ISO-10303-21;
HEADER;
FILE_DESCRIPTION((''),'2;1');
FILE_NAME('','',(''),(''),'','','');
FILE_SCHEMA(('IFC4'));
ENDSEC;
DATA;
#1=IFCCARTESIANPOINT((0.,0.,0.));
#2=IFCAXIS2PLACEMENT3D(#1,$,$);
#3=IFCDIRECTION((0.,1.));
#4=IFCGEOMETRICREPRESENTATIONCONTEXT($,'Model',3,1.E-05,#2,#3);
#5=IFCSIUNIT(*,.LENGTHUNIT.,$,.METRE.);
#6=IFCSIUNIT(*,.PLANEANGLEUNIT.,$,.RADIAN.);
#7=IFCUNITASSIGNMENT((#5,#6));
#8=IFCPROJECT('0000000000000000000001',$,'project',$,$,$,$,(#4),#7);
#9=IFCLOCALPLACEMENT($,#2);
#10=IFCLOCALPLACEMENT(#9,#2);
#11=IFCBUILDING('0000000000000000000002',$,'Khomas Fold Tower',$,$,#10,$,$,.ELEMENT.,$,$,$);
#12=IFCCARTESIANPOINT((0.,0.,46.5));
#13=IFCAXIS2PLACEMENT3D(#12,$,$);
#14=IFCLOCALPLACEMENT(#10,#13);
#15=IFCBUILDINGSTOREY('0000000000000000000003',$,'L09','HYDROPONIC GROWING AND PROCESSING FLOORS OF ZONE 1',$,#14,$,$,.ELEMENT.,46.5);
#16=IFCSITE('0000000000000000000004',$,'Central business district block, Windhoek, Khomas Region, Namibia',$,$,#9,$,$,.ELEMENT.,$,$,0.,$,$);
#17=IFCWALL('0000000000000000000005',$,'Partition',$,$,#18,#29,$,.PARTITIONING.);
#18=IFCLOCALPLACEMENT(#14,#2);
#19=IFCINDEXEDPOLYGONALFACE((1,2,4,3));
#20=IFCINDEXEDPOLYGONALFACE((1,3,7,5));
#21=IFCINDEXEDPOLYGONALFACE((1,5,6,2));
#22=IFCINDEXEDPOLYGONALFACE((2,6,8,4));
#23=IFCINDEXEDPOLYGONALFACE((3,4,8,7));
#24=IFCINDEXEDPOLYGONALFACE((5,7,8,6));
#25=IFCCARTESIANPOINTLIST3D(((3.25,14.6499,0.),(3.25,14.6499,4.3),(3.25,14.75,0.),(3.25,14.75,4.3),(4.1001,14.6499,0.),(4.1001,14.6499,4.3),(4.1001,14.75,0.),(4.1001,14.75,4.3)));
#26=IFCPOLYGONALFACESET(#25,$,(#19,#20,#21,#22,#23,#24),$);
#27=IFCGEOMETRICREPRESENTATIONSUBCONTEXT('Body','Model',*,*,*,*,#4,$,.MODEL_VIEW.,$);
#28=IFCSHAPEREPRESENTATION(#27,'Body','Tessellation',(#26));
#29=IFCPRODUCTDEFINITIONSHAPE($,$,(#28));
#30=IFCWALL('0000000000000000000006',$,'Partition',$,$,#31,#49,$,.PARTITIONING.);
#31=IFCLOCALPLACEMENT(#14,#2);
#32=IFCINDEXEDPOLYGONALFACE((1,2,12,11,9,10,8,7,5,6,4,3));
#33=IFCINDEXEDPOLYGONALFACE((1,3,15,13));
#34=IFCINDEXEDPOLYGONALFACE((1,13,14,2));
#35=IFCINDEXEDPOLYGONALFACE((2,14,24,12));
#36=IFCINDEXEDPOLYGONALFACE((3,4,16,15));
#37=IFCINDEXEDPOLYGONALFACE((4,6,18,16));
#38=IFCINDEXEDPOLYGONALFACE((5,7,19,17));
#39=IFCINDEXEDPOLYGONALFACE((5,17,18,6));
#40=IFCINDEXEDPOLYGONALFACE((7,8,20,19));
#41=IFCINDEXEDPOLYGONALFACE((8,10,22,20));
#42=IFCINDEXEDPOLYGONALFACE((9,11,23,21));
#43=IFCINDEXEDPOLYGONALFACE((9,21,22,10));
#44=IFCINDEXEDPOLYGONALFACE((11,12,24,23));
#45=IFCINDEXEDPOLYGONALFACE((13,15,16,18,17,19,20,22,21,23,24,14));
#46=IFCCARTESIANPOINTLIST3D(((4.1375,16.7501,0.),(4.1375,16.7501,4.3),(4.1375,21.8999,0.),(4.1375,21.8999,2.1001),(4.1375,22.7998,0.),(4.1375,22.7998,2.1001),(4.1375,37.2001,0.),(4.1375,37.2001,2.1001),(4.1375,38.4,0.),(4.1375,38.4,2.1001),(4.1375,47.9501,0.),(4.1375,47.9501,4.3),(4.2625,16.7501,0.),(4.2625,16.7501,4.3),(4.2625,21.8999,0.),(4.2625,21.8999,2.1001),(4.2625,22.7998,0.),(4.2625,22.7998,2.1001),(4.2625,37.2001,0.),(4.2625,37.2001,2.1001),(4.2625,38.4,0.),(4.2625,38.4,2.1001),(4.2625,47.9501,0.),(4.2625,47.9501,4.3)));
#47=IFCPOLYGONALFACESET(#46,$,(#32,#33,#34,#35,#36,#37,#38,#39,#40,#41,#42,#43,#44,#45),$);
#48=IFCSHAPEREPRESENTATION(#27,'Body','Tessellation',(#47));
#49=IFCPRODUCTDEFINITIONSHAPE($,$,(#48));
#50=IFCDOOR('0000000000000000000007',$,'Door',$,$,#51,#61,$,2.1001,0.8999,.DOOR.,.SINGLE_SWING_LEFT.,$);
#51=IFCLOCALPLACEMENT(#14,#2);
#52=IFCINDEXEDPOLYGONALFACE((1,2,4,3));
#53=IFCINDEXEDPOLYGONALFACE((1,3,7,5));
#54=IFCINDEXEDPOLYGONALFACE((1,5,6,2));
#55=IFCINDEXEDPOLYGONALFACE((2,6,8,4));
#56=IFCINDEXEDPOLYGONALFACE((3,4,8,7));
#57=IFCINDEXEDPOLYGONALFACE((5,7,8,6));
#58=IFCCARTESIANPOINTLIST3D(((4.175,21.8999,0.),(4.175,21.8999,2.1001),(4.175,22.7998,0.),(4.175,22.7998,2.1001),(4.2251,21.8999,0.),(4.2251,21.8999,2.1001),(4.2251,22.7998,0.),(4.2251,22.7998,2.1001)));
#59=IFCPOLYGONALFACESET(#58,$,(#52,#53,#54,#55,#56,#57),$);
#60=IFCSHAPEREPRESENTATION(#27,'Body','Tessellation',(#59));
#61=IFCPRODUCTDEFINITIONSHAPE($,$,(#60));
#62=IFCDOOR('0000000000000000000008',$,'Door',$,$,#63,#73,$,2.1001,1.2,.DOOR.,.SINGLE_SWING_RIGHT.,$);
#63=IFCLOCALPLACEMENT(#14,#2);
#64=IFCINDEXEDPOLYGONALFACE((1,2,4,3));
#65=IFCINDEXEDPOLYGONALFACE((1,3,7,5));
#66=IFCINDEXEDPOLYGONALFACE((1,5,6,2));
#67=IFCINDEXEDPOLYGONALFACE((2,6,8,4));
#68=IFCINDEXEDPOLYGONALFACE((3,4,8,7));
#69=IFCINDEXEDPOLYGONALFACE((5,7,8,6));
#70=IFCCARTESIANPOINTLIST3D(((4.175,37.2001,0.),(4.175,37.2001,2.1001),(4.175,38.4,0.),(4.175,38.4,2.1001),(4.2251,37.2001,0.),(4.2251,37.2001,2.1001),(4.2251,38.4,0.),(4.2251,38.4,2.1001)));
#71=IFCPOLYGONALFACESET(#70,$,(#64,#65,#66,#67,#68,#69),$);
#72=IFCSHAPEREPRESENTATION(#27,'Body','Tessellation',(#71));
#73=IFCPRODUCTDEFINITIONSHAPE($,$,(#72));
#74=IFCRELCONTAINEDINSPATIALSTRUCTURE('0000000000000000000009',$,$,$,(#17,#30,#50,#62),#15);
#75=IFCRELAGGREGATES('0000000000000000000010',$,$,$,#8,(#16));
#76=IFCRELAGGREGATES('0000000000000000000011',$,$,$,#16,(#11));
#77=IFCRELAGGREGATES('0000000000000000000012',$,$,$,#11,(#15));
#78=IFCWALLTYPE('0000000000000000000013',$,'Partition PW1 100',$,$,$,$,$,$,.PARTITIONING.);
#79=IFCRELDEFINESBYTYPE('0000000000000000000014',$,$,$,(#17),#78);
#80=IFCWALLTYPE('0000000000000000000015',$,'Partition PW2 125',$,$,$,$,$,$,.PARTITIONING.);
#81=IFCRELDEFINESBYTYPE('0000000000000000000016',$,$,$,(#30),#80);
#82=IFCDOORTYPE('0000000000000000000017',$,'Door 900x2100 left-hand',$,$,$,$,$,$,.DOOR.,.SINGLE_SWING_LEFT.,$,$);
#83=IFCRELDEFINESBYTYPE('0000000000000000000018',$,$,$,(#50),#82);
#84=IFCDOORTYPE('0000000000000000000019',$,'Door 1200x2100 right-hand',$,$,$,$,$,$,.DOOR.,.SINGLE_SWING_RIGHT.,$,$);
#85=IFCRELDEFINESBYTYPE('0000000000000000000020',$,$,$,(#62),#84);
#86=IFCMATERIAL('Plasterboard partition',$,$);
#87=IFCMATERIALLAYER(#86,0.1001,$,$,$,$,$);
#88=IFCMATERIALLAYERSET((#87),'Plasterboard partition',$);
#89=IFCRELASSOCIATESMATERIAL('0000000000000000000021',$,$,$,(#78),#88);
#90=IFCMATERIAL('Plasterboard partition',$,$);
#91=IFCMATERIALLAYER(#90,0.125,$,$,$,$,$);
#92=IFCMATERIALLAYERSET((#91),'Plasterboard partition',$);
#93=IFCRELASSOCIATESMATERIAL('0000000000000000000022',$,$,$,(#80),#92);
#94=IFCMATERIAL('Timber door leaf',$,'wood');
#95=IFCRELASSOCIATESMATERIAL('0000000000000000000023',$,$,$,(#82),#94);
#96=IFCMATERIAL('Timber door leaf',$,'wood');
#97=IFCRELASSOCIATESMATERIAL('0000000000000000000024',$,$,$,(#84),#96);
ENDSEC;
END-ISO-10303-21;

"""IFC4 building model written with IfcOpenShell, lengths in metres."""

from ifc_helpers import new_model, si_unit, direction, frame, frame_2d, origin, place, context, subcontext, project, spatial, rectangle, extrude, source, transform, mapped, material, layer, layer_set, type_object, element, fill, save


model = new_model("IFC4")

# Units and contexts
model_context = context("Model", 3, precision=1e-05, world=origin(), true_north=direction((0.0, 1.0)))
body_context = subcontext(model_context, "Body", "Model", "MODEL_VIEW")
ifc_project = project(units=[si_unit("LENGTHUNIT", "METRE"), si_unit("PLANEANGLEUNIT", "RADIAN")], contexts=[model_context])

# Site, building, storey
site_placement = place(None, origin())
site = spatial("IfcSite", under=ifc_project, at=site_placement, Name="Central business district block, Windhoek, Khomas Region, Namibia", CompositionType="ELEMENT", RefElevation=0.0)
building_placement = place(site_placement, origin())
building = spatial("IfcBuilding", under=site, at=building_placement, Name="Khomas Fold Tower", CompositionType="ELEMENT")
storey_placement = place(building_placement, frame((0.0, 0.0, 46.5)))
storey = spatial("IfcBuildingStorey", under=building, at=storey_placement, Name="L09", Description="HYDROPONIC GROWING AND PROCESSING FLOORS OF ZONE 1", CompositionType="ELEMENT", Elevation=46.5)

# Shared definitions
shared_shape_1 = source(origin(), body_context, "Body", "SweptSolid", [
    extrude(rectangle(XDim=1.2, YDim=2.1001, at=frame_2d((0.6001, 1.05))), frame((0.0, 0.0249, 0.0), z_axis=(0.0, -1.0, 0.0), x_axis=(1.0, 0.0, 0.0)), (0.0, 0.0, 1.0), 0.05),
])

# Wall
ifc_material_1 = material(Name="Plasterboard partition")
ifc_layer_1 = layer(ifc_material_1, 0.1001)
ifc_layer_set_1 = layer_set([ifc_layer_1], Name="Plasterboard partition")
wall_type_1 = type_object("IfcWallType", Name="Partition PW1 100", PredefinedType="PARTITIONING", material=ifc_layer_set_1)
shared_shape_2 = source(origin(), body_context, "Body", "SweptSolid", [
    extrude(rectangle(XDim=0.8501, YDim=0.1001, at=frame_2d((0.425, 0.0))), origin(), (0.0, 0.0, 1.0), 4.3),
])
wall_1_placement = place(storey_placement, frame((3.25, 14.7, 0.0), z_axis=(0.0, 0.0, 1.0), x_axis=(1.0, 0.0, 0.0)))
element("IfcWall", 1, at=wall_1_placement, inside=storey, type_object=wall_type_1, Name="Partition", PredefinedType="PARTITIONING", context=body_context, shape_type="MappedRepresentation", body=[
    mapped(shared_shape_2, transform((0.0, 0.0, 0.0))),
])

# Wall, openings, doors
ifc_material_2 = material(Name="Plasterboard partition")
ifc_layer_2 = layer(ifc_material_2, 0.125)
ifc_layer_set_2 = layer_set([ifc_layer_2], Name="Plasterboard partition")
wall_type_2 = type_object("IfcWallType", Name="Partition PW2 125", PredefinedType="PARTITIONING", material=ifc_layer_set_2)
shared_shape_3 = source(origin(), body_context, "Body", "SweptSolid", [
    extrude(rectangle(XDim=31.2, YDim=0.125, at=frame_2d((15.6001, 0.0))), origin(), (0.0, 0.0, 1.0), 4.3),
])
wall_2_placement = place(storey_placement, frame((4.2, 16.75, 0.0), z_axis=(0.0, 0.0, 1.0), x_axis=(0.0, 1.0, 0.0)))
wall_2 = element("IfcWall", 2, at=wall_2_placement, inside=storey, type_object=wall_type_2, Name="Partition", PredefinedType="PARTITIONING", context=body_context, shape_type="MappedRepresentation", body=[
    mapped(shared_shape_3, transform((0.0, 0.0, 0.0))),
])
shared_shape_4 = source(origin(), body_context, "Body", "SweptSolid", [
    extrude(rectangle(XDim=0.8999, YDim=2.1001, at=frame_2d((0.45, 1.05))), frame((0.0, 0.0725, 0.0), z_axis=(0.0, -1.0, 0.0), x_axis=(1.0, 0.0, 0.0)), (0.0, 0.0, 1.0), 0.145),
])
opening_1_placement = place(wall_2_placement, frame((5.1499, 0.0, 0.0)))
opening_1 = element("IfcOpeningElement", 3, at=opening_1_placement, cuts=wall_2, PredefinedType="OPENING", context=body_context, shape_type="MappedRepresentation", body=[
    mapped(shared_shape_4, transform((0.0, 0.0, 0.0))),
])
shared_shape_5 = source(origin(), body_context, "Body", "SweptSolid", [
    extrude(rectangle(XDim=1.2, YDim=2.1001, at=frame_2d((0.6001, 1.05))), frame((0.0, 0.0725, 0.0), z_axis=(0.0, -1.0, 0.0), x_axis=(1.0, 0.0, 0.0)), (0.0, 0.0, 1.0), 0.145),
])
opening_2_placement = place(wall_2_placement, frame((20.45, 0.0, 0.0)))
opening_2 = element("IfcOpeningElement", 4, at=opening_2_placement, cuts=wall_2, PredefinedType="OPENING", context=body_context, shape_type="MappedRepresentation", body=[
    mapped(shared_shape_5, transform((0.0, 0.0, 0.0))),
])
ifc_material_3 = material(Name="Timber door leaf", Category="wood")
door_type_1 = type_object("IfcDoorType", Name="Door 900x2100 left-hand", OperationType="SINGLE_SWING_LEFT", PredefinedType="DOOR", material=ifc_material_3)
shared_shape_6 = source(origin(), body_context, "Body", "SweptSolid", [
    extrude(rectangle(XDim=0.8999, YDim=2.1001, at=frame_2d((0.45, 1.05))), frame((0.0, 0.0249, 0.0), z_axis=(0.0, -1.0, 0.0), x_axis=(1.0, 0.0, 0.0)), (0.0, 0.0, 1.0), 0.05),
])
door_1_placement = place(opening_1_placement, origin())
door_1 = element("IfcDoor", 5, at=door_1_placement, inside=storey, type_object=door_type_1, Name="Door", OperationType="SINGLE_SWING_LEFT", OverallHeight=2.1001, OverallWidth=0.8999, PredefinedType="DOOR", context=body_context, shape_type="MappedRepresentation", body=[
    mapped(shared_shape_6, transform((0.0, 0.0, 0.0))),
])
fill(opening_1, door_1)
ifc_material_4 = material(Name="Timber door leaf", Category="wood")
door_type_2 = type_object("IfcDoorType", Name="Door 1200x2100 right-hand", OperationType="SINGLE_SWING_RIGHT", PredefinedType="DOOR", material=ifc_material_4)
door_2_placement = place(opening_2_placement, origin())
door_2 = element("IfcDoor", 6, at=door_2_placement, inside=storey, type_object=door_type_2, Name="Door", OperationType="SINGLE_SWING_RIGHT", OverallHeight=2.1001, OverallWidth=1.2, PredefinedType="DOOR", context=body_context, shape_type="MappedRepresentation", body=[
    mapped(shared_shape_1, transform((0.0, 0.0, 0.0))),
])
fill(opening_2, door_2)

save(model, "model.ifc")
